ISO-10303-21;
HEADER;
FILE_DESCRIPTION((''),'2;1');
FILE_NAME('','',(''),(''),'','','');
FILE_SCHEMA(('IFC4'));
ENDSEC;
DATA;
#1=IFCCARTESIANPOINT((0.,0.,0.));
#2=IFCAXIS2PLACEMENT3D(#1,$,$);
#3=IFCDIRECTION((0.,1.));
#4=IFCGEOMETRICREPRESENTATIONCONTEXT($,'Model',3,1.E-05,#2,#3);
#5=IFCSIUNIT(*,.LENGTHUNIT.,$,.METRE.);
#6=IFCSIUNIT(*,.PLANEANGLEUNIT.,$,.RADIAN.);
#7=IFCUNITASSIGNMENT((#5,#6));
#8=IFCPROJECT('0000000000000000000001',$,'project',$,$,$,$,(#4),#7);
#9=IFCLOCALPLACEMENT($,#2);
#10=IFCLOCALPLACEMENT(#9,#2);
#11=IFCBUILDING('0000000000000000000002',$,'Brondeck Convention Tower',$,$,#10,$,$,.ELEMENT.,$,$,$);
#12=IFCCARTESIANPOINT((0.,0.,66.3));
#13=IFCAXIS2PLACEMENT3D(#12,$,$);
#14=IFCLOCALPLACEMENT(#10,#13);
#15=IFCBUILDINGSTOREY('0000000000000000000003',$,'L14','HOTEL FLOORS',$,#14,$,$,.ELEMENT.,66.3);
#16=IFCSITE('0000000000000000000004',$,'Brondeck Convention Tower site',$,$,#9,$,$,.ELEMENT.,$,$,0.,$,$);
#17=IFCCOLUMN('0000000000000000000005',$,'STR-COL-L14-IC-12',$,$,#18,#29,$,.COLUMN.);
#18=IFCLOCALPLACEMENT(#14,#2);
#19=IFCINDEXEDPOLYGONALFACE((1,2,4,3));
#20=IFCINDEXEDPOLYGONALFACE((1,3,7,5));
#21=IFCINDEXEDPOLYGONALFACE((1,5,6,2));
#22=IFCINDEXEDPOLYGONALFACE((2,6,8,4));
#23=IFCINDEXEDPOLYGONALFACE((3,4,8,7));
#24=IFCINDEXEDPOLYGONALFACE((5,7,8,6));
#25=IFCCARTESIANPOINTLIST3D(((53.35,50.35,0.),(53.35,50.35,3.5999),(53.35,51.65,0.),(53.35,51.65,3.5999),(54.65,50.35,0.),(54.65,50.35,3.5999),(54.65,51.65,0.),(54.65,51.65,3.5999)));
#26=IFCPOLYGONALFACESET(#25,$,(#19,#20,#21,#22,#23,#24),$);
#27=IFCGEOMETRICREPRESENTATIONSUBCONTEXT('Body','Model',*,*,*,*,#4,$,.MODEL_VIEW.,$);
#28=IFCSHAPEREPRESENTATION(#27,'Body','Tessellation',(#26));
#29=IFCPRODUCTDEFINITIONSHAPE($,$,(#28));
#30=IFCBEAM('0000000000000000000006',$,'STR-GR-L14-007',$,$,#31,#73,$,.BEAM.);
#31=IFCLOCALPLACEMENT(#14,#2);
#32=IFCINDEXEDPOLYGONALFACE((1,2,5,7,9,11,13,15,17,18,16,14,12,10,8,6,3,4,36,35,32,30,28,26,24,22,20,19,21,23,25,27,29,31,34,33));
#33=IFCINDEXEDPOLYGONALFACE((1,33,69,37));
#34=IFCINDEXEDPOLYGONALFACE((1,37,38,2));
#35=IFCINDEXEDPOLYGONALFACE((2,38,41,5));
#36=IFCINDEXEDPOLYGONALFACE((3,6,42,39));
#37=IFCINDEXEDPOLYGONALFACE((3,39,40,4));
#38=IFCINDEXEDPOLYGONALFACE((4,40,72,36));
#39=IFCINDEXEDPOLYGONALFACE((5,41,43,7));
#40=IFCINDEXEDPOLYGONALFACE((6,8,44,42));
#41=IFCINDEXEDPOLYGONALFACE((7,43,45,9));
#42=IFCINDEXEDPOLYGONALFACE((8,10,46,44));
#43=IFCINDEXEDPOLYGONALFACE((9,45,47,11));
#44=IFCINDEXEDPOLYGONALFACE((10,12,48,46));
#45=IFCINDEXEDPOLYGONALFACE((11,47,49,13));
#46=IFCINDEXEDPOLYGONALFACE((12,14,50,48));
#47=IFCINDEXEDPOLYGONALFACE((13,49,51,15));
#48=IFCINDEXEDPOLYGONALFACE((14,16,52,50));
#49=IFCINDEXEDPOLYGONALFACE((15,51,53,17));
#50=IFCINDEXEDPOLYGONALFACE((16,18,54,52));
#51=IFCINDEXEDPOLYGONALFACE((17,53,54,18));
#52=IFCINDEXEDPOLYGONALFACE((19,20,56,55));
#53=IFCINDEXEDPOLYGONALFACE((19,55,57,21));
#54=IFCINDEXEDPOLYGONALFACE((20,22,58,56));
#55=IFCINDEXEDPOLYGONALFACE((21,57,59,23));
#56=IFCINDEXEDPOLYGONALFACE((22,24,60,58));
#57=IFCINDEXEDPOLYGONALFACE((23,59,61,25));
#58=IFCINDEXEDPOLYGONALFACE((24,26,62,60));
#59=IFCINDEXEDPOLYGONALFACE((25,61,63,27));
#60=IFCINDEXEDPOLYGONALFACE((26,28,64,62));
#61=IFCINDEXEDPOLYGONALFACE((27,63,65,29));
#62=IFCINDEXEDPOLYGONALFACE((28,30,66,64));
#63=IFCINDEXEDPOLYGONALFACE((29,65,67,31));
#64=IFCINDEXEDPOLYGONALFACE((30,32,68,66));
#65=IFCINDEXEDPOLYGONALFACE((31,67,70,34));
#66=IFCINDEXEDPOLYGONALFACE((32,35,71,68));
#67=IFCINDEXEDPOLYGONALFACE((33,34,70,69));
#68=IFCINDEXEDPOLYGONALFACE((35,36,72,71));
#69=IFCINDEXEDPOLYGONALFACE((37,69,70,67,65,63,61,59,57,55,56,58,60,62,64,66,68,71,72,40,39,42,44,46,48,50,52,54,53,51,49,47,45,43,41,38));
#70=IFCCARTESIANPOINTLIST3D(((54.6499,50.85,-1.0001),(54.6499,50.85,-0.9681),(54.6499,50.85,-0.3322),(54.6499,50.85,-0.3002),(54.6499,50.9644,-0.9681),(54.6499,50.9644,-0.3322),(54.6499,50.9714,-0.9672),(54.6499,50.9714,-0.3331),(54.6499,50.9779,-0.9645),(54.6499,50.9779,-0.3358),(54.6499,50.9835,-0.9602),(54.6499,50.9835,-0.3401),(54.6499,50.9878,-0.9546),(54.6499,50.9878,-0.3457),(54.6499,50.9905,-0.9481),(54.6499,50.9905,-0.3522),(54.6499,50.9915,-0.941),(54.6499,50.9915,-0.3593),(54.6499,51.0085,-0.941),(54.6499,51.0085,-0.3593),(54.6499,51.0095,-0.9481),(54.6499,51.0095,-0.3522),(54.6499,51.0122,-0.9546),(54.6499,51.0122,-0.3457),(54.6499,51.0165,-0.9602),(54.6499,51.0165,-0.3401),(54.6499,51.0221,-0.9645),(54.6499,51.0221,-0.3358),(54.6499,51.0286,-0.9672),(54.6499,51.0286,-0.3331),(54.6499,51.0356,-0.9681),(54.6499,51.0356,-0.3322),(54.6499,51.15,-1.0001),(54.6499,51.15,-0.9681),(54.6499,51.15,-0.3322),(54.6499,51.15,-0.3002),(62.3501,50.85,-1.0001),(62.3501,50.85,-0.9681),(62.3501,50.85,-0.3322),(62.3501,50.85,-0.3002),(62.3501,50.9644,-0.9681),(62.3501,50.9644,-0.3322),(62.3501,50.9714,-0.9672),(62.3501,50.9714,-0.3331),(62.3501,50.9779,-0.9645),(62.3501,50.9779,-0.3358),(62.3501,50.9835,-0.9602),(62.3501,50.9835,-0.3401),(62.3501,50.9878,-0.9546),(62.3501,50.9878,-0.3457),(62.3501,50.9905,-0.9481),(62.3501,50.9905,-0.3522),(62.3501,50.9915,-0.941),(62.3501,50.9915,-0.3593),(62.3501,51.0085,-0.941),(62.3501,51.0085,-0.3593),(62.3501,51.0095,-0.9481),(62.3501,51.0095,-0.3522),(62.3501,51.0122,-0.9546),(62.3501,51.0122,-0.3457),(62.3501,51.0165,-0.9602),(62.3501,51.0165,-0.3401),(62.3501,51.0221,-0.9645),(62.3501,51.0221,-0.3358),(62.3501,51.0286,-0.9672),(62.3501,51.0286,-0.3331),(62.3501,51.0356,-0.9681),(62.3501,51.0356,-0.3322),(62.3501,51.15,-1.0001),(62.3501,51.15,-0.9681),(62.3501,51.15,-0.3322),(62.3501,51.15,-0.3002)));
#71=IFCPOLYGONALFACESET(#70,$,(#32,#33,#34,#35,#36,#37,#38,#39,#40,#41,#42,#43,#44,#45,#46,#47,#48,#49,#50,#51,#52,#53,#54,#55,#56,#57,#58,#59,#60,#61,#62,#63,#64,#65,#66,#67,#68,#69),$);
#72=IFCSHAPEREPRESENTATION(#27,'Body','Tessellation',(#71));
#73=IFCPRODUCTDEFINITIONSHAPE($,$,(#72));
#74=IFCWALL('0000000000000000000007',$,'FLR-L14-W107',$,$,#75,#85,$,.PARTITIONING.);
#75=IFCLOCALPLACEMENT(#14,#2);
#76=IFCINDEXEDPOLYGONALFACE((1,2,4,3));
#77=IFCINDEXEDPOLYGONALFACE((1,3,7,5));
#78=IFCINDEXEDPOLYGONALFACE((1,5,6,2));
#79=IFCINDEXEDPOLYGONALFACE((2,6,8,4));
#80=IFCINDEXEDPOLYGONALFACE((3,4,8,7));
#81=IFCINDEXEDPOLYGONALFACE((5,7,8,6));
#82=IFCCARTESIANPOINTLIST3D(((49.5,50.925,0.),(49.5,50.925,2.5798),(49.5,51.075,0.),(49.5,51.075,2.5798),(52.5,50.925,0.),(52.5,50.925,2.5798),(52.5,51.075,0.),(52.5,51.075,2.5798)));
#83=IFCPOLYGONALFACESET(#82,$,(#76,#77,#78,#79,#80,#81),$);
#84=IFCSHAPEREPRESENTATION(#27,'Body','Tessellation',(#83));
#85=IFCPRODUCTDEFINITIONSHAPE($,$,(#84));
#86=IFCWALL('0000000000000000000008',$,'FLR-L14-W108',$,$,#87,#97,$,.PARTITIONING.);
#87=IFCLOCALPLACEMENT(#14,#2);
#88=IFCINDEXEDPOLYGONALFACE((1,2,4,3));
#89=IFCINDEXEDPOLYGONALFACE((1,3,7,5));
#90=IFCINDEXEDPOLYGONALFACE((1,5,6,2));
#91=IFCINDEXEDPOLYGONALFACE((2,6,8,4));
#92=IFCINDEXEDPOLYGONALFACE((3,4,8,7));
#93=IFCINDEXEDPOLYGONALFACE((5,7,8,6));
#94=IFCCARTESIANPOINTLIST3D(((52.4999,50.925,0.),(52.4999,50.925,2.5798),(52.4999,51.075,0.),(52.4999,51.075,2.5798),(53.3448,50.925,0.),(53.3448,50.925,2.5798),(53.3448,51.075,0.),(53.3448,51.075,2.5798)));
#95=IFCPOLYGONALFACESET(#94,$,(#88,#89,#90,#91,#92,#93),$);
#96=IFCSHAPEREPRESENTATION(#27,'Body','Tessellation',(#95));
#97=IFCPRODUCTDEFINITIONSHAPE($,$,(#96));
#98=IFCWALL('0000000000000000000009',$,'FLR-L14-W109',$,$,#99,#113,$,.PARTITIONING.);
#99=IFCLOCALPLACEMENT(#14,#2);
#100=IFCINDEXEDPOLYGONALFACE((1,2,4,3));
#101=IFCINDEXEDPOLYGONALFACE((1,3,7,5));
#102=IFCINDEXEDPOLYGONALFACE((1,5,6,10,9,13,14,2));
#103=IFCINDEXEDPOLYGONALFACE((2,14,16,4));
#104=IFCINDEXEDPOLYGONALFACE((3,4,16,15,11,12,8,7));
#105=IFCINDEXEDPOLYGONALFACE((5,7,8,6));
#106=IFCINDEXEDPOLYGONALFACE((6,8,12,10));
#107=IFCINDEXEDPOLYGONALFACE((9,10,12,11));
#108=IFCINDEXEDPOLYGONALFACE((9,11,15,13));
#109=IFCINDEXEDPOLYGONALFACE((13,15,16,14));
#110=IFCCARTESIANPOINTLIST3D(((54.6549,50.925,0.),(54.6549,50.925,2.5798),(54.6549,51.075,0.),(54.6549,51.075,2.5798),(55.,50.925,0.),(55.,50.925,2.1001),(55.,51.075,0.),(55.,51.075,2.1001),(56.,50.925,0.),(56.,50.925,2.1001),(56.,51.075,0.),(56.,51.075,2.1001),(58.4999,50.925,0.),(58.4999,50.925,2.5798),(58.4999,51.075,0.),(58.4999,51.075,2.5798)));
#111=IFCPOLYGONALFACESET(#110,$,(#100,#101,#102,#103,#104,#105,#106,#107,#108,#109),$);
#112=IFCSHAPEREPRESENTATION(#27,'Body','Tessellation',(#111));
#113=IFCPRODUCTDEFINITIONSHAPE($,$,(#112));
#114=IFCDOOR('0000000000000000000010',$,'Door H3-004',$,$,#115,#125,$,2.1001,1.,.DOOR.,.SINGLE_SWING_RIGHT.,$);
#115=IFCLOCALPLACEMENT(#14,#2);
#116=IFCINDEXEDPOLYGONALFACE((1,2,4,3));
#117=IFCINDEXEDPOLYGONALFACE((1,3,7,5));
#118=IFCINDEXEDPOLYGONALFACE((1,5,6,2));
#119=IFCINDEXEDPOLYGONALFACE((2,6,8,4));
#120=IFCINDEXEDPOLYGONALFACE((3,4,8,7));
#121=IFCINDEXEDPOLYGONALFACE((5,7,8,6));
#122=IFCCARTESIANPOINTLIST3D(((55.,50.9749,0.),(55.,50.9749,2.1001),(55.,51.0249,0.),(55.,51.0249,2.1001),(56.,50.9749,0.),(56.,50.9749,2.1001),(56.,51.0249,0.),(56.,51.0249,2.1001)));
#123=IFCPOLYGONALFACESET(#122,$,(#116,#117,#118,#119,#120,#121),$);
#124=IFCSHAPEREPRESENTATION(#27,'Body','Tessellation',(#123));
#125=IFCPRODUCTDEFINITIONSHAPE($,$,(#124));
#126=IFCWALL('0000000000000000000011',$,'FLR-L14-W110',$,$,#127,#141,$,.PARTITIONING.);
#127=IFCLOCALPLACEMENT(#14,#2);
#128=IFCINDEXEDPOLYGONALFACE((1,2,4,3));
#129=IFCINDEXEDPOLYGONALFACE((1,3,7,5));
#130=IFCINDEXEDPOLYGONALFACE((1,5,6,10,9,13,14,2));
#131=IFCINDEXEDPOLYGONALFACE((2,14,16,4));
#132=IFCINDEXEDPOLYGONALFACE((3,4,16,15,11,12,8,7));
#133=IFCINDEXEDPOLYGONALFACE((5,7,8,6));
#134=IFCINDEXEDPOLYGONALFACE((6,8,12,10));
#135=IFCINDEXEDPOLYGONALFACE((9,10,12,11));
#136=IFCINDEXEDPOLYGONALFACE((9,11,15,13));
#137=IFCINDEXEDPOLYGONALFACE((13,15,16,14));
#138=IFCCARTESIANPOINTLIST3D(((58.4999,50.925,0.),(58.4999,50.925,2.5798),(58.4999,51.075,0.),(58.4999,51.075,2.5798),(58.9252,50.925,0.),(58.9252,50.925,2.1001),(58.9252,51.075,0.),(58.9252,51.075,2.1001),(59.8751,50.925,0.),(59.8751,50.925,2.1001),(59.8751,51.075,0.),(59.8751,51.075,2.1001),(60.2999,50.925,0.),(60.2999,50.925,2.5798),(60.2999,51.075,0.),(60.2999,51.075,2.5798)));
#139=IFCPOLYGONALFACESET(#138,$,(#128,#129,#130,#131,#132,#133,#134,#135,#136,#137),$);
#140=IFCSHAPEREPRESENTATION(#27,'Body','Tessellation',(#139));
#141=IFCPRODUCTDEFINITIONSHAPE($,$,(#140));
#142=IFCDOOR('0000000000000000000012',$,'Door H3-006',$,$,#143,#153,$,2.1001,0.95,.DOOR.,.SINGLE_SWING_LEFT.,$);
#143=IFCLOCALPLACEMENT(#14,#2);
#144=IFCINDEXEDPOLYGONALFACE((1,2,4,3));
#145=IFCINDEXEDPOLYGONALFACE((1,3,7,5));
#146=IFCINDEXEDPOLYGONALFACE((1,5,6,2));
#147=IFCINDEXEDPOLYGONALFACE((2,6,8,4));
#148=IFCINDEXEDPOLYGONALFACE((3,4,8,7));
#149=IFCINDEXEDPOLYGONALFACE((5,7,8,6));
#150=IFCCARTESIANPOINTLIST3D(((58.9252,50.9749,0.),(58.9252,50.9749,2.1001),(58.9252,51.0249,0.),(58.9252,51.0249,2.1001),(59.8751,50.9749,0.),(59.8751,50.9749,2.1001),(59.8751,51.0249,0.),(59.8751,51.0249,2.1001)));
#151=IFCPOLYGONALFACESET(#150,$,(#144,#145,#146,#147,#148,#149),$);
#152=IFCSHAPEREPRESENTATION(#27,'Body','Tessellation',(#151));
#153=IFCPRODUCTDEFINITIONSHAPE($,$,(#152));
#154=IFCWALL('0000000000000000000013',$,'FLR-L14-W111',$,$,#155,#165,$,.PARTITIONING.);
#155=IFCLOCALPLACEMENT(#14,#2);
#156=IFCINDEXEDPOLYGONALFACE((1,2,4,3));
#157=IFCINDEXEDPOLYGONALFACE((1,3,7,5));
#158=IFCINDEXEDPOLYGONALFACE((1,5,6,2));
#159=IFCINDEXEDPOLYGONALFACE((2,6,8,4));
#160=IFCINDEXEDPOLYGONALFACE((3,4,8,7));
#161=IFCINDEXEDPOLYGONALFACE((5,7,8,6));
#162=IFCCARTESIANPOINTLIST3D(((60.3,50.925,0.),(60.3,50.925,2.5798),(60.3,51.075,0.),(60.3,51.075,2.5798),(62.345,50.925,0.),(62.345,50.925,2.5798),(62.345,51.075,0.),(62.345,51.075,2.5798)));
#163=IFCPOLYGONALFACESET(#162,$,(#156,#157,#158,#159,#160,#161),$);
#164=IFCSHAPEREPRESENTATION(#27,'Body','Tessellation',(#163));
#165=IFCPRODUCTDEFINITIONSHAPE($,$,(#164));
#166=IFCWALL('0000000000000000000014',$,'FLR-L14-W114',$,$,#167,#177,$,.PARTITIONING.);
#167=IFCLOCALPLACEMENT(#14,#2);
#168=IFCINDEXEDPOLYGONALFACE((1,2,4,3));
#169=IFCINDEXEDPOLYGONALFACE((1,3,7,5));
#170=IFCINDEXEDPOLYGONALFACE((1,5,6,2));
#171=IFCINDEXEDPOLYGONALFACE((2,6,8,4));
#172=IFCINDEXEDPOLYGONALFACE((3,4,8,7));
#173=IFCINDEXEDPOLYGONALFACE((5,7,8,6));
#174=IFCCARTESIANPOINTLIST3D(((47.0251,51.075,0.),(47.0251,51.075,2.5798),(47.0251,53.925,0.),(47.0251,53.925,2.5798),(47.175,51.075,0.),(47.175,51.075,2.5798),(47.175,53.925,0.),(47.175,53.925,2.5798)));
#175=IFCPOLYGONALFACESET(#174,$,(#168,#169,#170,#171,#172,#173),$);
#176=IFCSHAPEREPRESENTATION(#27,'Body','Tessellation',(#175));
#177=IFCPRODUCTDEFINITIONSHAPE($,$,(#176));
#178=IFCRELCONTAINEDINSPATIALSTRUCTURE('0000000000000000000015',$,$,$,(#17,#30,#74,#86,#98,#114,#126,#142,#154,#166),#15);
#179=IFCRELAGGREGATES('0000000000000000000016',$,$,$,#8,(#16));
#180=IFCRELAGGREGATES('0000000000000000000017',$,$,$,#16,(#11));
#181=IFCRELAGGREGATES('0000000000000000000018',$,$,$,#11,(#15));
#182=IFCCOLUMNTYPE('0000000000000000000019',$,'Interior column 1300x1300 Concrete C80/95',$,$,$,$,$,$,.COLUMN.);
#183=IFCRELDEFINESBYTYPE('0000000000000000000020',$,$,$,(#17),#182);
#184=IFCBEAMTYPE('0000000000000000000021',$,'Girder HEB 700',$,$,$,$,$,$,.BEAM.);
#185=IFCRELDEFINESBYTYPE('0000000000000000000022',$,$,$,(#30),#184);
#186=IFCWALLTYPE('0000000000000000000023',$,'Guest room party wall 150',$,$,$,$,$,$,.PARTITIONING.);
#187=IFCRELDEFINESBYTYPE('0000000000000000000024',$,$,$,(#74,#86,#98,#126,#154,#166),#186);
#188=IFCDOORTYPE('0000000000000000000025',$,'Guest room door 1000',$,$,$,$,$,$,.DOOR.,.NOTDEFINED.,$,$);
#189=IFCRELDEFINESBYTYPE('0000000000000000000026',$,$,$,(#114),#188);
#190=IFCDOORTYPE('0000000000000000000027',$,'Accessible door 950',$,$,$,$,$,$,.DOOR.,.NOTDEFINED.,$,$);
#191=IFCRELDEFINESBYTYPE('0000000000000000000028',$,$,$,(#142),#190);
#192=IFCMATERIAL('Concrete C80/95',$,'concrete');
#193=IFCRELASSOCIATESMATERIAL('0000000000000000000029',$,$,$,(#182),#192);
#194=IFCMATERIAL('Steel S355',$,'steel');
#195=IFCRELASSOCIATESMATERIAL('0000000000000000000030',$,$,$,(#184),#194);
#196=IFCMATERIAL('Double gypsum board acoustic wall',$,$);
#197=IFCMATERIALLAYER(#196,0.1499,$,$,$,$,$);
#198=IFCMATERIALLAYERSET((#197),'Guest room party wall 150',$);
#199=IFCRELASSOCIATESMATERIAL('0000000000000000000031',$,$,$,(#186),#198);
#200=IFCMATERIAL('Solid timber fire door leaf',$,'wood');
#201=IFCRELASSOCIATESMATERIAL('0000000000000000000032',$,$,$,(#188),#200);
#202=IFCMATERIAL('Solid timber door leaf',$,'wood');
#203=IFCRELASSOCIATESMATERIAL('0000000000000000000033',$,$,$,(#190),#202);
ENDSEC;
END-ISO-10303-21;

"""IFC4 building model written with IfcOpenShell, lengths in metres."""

from ifc_helpers import new_model, si_unit, direction, frame, frame_2d, origin, origin_2d, place, context, subcontext, project, spatial, rectangle, i_section, extrude, material, layer, layer_set, material_profile, profile_set, type_object, element, fill, save


model = new_model("IFC4")

# Units and contexts
model_context = context("Model", 3, precision=1e-05, world=origin(), true_north=direction((0.0, 1.0)))
body_context = subcontext(model_context, "Body", "Model", "MODEL_VIEW")
ifc_project = project(units=[si_unit("LENGTHUNIT", "METRE"), si_unit("PLANEANGLEUNIT", "RADIAN")], contexts=[model_context])

# Site, building, storey
site_placement = place(None, origin())
site = spatial("IfcSite", under=ifc_project, at=site_placement, Name="Brondeck Convention Tower site", CompositionType="ELEMENT", RefElevation=0.0)
building_placement = place(site_placement, origin())
building = spatial("IfcBuilding", under=site, at=building_placement, Name="Brondeck Convention Tower", CompositionType="ELEMENT")
storey_placement = place(building_placement, frame((0.0, 0.0, 66.3)))
storey = spatial("IfcBuildingStorey", under=building, at=storey_placement, Name="L14", Description="HOTEL FLOORS", CompositionType="ELEMENT", Elevation=66.3)

# Column
ifc_material_1 = material(Name="Concrete C80/95", Category="concrete")
ifc_material_profile_1 = material_profile(ifc_material_1, rectangle(XDim=1.3, YDim=1.3, at=origin_2d()), Name="Interior column 1300x1300 Concrete C80/95")
ifc_profile_set_1 = profile_set([ifc_material_profile_1], Name="Concrete C80/95")
column_type = type_object("IfcColumnType", Name="Interior column 1300x1300 Concrete C80/95", PredefinedType="COLUMN", material=ifc_profile_set_1)
column_placement = place(storey_placement, frame((54.0, 51.0, 0.0), z_axis=(0.0, 0.0, 1.0), x_axis=(1.0, 0.0, 0.0)))
element("IfcColumn", 1, at=column_placement, inside=storey, type_object=column_type, Name="STR-COL-L14-IC-12", PredefinedType="COLUMN", context=body_context, shape_type="SweptSolid", body=[
    extrude(rectangle(XDim=1.3, YDim=1.3, at=origin_2d()), origin(), (0.0, 0.0, 1.0), 3.5999),
])

# Beam
ifc_material_2 = material(Name="Steel S355", Category="steel")
ifc_material_profile_2 = material_profile(ifc_material_2, i_section(OverallWidth=0.3, OverallDepth=0.7, WebThickness=0.0171, FlangeThickness=0.032, FilletRadius=0.0271, at=origin_2d()), Name="HEB 700")
ifc_profile_set_2 = profile_set([ifc_material_profile_2], Name="Steel S355")
beam_type = type_object("IfcBeamType", Name="Girder HEB 700", PredefinedType="BEAM", material=ifc_profile_set_2)
beam_placement = place(storey_placement, frame((54.6499, 51.0, -0.6501), z_axis=(1.0, 0.0, 0.0), x_axis=(0.0, 1.0, 0.0)))
element("IfcBeam", 2, at=beam_placement, inside=storey, type_object=beam_type, Name="STR-GR-L14-007", PredefinedType="BEAM", context=body_context, shape_type="SweptSolid", body=[
    extrude(i_section(OverallWidth=0.3, OverallDepth=0.7, WebThickness=0.0171, FlangeThickness=0.032, FilletRadius=0.0271, at=origin_2d()), origin(), (0.0, 0.0, 1.0), 7.7002),
])

# Walls
ifc_material_3 = material(Name="Double gypsum board acoustic wall")
ifc_layer_1 = layer(ifc_material_3, 0.1499)
ifc_layer_set_1 = layer_set([ifc_layer_1], Name="Guest room party wall 150")
wall_type_1 = type_object("IfcWallType", Name="Guest room party wall 150", PredefinedType="PARTITIONING", material=ifc_layer_set_1)
wall_1_placement = place(storey_placement, frame((49.5, 51.0, 0.0), z_axis=(0.0, 0.0, 1.0), x_axis=(1.0, 0.0, 0.0)))
element("IfcWall", 3, at=wall_1_placement, inside=storey, type_object=wall_type_1, Name="FLR-L14-W107", PredefinedType="PARTITIONING", context=body_context, shape_type="SweptSolid", body=[
    extrude(rectangle(XDim=3.0, YDim=0.1499, at=frame_2d((1.5, 0.0))), origin(), (0.0, 0.0, 1.0), 2.5798),
])
wall_2_placement = place(storey_placement, frame((52.5, 51.0, 0.0), z_axis=(0.0, 0.0, 1.0), x_axis=(1.0, 0.0, 0.0)))
element("IfcWall", 4, at=wall_2_placement, inside=storey, type_object=wall_type_1, Name="FLR-L14-W108", PredefinedType="PARTITIONING", context=body_context, shape_type="SweptSolid", body=[
    extrude(rectangle(XDim=0.845, YDim=0.1499, at=frame_2d((0.4224, 0.0))), origin(), (0.0, 0.0, 1.0), 2.5798),
])

# Walls, openings, doors
wall_3_placement = place(storey_placement, frame((54.655, 51.0, 0.0), z_axis=(0.0, 0.0, 1.0), x_axis=(1.0, 0.0, 0.0)))
wall_3 = element("IfcWall", 5, at=wall_3_placement, inside=storey, type_object=wall_type_1, Name="FLR-L14-W109", PredefinedType="PARTITIONING", context=body_context, shape_type="SweptSolid", body=[
    extrude(rectangle(XDim=3.845, YDim=0.1499, at=frame_2d((1.9224, 0.0))), origin(), (0.0, 0.0, 1.0), 2.5798),
])
opening_1_placement = place(wall_3_placement, frame((0.345, 0.0, 0.0)))
opening_1 = element("IfcOpeningElement", 6, at=opening_1_placement, cuts=wall_3, PredefinedType="OPENING", context=body_context, shape_type="SweptSolid", body=[
    extrude(rectangle(XDim=1.0, YDim=2.1001, at=frame_2d((0.5, 1.05))), frame((0.0, 0.085, 0.0), z_axis=(0.0, -1.0, 0.0), x_axis=(1.0, 0.0, 0.0)), (0.0, 0.0, 1.0), 0.1699),
])
ifc_material_4 = material(Name="Solid timber fire door leaf", Category="wood")
door_type_1 = type_object("IfcDoorType", Name="Guest room door 1000", OperationType="NOTDEFINED", PredefinedType="DOOR", material=ifc_material_4)
door_1_placement = place(opening_1_placement, origin())
door_1 = element("IfcDoor", 7, at=door_1_placement, inside=storey, type_object=door_type_1, Name="Door H3-004", OperationType="SINGLE_SWING_RIGHT", OverallHeight=2.1001, OverallWidth=1.0, PredefinedType="DOOR", context=body_context, shape_type="SweptSolid", body=[
    extrude(rectangle(XDim=1.0, YDim=2.1001, at=frame_2d((0.5, 1.05))), frame((0.0, 0.0249, 0.0), z_axis=(0.0, -1.0, 0.0), x_axis=(1.0, 0.0, 0.0)), (0.0, 0.0, 1.0), 0.05),
])
fill(opening_1, door_1)
wall_4_placement = place(storey_placement, frame((58.5, 51.0, 0.0), z_axis=(0.0, 0.0, 1.0), x_axis=(1.0, 0.0, 0.0)))
wall_4 = element("IfcWall", 8, at=wall_4_placement, inside=storey, type_object=wall_type_1, Name="FLR-L14-W110", PredefinedType="PARTITIONING", context=body_context, shape_type="SweptSolid", body=[
    extrude(rectangle(XDim=1.8, YDim=0.1499, at=frame_2d((0.8999, 0.0))), origin(), (0.0, 0.0, 1.0), 2.5798),
])
opening_2_placement = place(wall_4_placement, frame((0.425, 0.0, 0.0)))
opening_2 = element("IfcOpeningElement", 9, at=opening_2_placement, cuts=wall_4, PredefinedType="OPENING", context=body_context, shape_type="SweptSolid", body=[
    extrude(rectangle(XDim=0.95, YDim=2.1001, at=frame_2d((0.4751, 1.05))), frame((0.0, 0.085, 0.0), z_axis=(0.0, -1.0, 0.0), x_axis=(1.0, 0.0, 0.0)), (0.0, 0.0, 1.0), 0.1699),
])
ifc_material_5 = material(Name="Solid timber door leaf", Category="wood")
door_type_2 = type_object("IfcDoorType", Name="Accessible door 950", OperationType="NOTDEFINED", PredefinedType="DOOR", material=ifc_material_5)
door_2_placement = place(opening_2_placement, origin())
door_2 = element("IfcDoor", 10, at=door_2_placement, inside=storey, type_object=door_type_2, Name="Door H3-006", OperationType="SINGLE_SWING_LEFT", OverallHeight=2.1001, OverallWidth=0.95, PredefinedType="DOOR", context=body_context, shape_type="SweptSolid", body=[
    extrude(rectangle(XDim=0.95, YDim=2.1001, at=frame_2d((0.4751, 1.05))), frame((0.0, 0.0249, 0.0), z_axis=(0.0, -1.0, 0.0), x_axis=(1.0, 0.0, 0.0)), (0.0, 0.0, 1.0), 0.05),
])
fill(opening_2, door_2)

# Walls
wall_5_placement = place(storey_placement, frame((60.3, 51.0, 0.0), z_axis=(0.0, 0.0, 1.0), x_axis=(1.0, 0.0, 0.0)))
element("IfcWall", 11, at=wall_5_placement, inside=storey, type_object=wall_type_1, Name="FLR-L14-W111", PredefinedType="PARTITIONING", context=body_context, shape_type="SweptSolid", body=[
    extrude(rectangle(XDim=2.0449, YDim=0.1499, at=frame_2d((1.0225, 0.0))), origin(), (0.0, 0.0, 1.0), 2.5798),
])
wall_6_placement = place(storey_placement, frame((47.1001, 51.075, 0.0), z_axis=(0.0, 0.0, 1.0), x_axis=(0.0, 1.0, 0.0)))
element("IfcWall", 12, at=wall_6_placement, inside=storey, type_object=wall_type_1, Name="FLR-L14-W114", PredefinedType="PARTITIONING", context=body_context, shape_type="SweptSolid", body=[
    extrude(rectangle(XDim=2.8501, YDim=0.1499, at=frame_2d((1.425, 0.0))), origin(), (0.0, 0.0, 1.0), 2.5798),
])

save(model, "model.ifc")
